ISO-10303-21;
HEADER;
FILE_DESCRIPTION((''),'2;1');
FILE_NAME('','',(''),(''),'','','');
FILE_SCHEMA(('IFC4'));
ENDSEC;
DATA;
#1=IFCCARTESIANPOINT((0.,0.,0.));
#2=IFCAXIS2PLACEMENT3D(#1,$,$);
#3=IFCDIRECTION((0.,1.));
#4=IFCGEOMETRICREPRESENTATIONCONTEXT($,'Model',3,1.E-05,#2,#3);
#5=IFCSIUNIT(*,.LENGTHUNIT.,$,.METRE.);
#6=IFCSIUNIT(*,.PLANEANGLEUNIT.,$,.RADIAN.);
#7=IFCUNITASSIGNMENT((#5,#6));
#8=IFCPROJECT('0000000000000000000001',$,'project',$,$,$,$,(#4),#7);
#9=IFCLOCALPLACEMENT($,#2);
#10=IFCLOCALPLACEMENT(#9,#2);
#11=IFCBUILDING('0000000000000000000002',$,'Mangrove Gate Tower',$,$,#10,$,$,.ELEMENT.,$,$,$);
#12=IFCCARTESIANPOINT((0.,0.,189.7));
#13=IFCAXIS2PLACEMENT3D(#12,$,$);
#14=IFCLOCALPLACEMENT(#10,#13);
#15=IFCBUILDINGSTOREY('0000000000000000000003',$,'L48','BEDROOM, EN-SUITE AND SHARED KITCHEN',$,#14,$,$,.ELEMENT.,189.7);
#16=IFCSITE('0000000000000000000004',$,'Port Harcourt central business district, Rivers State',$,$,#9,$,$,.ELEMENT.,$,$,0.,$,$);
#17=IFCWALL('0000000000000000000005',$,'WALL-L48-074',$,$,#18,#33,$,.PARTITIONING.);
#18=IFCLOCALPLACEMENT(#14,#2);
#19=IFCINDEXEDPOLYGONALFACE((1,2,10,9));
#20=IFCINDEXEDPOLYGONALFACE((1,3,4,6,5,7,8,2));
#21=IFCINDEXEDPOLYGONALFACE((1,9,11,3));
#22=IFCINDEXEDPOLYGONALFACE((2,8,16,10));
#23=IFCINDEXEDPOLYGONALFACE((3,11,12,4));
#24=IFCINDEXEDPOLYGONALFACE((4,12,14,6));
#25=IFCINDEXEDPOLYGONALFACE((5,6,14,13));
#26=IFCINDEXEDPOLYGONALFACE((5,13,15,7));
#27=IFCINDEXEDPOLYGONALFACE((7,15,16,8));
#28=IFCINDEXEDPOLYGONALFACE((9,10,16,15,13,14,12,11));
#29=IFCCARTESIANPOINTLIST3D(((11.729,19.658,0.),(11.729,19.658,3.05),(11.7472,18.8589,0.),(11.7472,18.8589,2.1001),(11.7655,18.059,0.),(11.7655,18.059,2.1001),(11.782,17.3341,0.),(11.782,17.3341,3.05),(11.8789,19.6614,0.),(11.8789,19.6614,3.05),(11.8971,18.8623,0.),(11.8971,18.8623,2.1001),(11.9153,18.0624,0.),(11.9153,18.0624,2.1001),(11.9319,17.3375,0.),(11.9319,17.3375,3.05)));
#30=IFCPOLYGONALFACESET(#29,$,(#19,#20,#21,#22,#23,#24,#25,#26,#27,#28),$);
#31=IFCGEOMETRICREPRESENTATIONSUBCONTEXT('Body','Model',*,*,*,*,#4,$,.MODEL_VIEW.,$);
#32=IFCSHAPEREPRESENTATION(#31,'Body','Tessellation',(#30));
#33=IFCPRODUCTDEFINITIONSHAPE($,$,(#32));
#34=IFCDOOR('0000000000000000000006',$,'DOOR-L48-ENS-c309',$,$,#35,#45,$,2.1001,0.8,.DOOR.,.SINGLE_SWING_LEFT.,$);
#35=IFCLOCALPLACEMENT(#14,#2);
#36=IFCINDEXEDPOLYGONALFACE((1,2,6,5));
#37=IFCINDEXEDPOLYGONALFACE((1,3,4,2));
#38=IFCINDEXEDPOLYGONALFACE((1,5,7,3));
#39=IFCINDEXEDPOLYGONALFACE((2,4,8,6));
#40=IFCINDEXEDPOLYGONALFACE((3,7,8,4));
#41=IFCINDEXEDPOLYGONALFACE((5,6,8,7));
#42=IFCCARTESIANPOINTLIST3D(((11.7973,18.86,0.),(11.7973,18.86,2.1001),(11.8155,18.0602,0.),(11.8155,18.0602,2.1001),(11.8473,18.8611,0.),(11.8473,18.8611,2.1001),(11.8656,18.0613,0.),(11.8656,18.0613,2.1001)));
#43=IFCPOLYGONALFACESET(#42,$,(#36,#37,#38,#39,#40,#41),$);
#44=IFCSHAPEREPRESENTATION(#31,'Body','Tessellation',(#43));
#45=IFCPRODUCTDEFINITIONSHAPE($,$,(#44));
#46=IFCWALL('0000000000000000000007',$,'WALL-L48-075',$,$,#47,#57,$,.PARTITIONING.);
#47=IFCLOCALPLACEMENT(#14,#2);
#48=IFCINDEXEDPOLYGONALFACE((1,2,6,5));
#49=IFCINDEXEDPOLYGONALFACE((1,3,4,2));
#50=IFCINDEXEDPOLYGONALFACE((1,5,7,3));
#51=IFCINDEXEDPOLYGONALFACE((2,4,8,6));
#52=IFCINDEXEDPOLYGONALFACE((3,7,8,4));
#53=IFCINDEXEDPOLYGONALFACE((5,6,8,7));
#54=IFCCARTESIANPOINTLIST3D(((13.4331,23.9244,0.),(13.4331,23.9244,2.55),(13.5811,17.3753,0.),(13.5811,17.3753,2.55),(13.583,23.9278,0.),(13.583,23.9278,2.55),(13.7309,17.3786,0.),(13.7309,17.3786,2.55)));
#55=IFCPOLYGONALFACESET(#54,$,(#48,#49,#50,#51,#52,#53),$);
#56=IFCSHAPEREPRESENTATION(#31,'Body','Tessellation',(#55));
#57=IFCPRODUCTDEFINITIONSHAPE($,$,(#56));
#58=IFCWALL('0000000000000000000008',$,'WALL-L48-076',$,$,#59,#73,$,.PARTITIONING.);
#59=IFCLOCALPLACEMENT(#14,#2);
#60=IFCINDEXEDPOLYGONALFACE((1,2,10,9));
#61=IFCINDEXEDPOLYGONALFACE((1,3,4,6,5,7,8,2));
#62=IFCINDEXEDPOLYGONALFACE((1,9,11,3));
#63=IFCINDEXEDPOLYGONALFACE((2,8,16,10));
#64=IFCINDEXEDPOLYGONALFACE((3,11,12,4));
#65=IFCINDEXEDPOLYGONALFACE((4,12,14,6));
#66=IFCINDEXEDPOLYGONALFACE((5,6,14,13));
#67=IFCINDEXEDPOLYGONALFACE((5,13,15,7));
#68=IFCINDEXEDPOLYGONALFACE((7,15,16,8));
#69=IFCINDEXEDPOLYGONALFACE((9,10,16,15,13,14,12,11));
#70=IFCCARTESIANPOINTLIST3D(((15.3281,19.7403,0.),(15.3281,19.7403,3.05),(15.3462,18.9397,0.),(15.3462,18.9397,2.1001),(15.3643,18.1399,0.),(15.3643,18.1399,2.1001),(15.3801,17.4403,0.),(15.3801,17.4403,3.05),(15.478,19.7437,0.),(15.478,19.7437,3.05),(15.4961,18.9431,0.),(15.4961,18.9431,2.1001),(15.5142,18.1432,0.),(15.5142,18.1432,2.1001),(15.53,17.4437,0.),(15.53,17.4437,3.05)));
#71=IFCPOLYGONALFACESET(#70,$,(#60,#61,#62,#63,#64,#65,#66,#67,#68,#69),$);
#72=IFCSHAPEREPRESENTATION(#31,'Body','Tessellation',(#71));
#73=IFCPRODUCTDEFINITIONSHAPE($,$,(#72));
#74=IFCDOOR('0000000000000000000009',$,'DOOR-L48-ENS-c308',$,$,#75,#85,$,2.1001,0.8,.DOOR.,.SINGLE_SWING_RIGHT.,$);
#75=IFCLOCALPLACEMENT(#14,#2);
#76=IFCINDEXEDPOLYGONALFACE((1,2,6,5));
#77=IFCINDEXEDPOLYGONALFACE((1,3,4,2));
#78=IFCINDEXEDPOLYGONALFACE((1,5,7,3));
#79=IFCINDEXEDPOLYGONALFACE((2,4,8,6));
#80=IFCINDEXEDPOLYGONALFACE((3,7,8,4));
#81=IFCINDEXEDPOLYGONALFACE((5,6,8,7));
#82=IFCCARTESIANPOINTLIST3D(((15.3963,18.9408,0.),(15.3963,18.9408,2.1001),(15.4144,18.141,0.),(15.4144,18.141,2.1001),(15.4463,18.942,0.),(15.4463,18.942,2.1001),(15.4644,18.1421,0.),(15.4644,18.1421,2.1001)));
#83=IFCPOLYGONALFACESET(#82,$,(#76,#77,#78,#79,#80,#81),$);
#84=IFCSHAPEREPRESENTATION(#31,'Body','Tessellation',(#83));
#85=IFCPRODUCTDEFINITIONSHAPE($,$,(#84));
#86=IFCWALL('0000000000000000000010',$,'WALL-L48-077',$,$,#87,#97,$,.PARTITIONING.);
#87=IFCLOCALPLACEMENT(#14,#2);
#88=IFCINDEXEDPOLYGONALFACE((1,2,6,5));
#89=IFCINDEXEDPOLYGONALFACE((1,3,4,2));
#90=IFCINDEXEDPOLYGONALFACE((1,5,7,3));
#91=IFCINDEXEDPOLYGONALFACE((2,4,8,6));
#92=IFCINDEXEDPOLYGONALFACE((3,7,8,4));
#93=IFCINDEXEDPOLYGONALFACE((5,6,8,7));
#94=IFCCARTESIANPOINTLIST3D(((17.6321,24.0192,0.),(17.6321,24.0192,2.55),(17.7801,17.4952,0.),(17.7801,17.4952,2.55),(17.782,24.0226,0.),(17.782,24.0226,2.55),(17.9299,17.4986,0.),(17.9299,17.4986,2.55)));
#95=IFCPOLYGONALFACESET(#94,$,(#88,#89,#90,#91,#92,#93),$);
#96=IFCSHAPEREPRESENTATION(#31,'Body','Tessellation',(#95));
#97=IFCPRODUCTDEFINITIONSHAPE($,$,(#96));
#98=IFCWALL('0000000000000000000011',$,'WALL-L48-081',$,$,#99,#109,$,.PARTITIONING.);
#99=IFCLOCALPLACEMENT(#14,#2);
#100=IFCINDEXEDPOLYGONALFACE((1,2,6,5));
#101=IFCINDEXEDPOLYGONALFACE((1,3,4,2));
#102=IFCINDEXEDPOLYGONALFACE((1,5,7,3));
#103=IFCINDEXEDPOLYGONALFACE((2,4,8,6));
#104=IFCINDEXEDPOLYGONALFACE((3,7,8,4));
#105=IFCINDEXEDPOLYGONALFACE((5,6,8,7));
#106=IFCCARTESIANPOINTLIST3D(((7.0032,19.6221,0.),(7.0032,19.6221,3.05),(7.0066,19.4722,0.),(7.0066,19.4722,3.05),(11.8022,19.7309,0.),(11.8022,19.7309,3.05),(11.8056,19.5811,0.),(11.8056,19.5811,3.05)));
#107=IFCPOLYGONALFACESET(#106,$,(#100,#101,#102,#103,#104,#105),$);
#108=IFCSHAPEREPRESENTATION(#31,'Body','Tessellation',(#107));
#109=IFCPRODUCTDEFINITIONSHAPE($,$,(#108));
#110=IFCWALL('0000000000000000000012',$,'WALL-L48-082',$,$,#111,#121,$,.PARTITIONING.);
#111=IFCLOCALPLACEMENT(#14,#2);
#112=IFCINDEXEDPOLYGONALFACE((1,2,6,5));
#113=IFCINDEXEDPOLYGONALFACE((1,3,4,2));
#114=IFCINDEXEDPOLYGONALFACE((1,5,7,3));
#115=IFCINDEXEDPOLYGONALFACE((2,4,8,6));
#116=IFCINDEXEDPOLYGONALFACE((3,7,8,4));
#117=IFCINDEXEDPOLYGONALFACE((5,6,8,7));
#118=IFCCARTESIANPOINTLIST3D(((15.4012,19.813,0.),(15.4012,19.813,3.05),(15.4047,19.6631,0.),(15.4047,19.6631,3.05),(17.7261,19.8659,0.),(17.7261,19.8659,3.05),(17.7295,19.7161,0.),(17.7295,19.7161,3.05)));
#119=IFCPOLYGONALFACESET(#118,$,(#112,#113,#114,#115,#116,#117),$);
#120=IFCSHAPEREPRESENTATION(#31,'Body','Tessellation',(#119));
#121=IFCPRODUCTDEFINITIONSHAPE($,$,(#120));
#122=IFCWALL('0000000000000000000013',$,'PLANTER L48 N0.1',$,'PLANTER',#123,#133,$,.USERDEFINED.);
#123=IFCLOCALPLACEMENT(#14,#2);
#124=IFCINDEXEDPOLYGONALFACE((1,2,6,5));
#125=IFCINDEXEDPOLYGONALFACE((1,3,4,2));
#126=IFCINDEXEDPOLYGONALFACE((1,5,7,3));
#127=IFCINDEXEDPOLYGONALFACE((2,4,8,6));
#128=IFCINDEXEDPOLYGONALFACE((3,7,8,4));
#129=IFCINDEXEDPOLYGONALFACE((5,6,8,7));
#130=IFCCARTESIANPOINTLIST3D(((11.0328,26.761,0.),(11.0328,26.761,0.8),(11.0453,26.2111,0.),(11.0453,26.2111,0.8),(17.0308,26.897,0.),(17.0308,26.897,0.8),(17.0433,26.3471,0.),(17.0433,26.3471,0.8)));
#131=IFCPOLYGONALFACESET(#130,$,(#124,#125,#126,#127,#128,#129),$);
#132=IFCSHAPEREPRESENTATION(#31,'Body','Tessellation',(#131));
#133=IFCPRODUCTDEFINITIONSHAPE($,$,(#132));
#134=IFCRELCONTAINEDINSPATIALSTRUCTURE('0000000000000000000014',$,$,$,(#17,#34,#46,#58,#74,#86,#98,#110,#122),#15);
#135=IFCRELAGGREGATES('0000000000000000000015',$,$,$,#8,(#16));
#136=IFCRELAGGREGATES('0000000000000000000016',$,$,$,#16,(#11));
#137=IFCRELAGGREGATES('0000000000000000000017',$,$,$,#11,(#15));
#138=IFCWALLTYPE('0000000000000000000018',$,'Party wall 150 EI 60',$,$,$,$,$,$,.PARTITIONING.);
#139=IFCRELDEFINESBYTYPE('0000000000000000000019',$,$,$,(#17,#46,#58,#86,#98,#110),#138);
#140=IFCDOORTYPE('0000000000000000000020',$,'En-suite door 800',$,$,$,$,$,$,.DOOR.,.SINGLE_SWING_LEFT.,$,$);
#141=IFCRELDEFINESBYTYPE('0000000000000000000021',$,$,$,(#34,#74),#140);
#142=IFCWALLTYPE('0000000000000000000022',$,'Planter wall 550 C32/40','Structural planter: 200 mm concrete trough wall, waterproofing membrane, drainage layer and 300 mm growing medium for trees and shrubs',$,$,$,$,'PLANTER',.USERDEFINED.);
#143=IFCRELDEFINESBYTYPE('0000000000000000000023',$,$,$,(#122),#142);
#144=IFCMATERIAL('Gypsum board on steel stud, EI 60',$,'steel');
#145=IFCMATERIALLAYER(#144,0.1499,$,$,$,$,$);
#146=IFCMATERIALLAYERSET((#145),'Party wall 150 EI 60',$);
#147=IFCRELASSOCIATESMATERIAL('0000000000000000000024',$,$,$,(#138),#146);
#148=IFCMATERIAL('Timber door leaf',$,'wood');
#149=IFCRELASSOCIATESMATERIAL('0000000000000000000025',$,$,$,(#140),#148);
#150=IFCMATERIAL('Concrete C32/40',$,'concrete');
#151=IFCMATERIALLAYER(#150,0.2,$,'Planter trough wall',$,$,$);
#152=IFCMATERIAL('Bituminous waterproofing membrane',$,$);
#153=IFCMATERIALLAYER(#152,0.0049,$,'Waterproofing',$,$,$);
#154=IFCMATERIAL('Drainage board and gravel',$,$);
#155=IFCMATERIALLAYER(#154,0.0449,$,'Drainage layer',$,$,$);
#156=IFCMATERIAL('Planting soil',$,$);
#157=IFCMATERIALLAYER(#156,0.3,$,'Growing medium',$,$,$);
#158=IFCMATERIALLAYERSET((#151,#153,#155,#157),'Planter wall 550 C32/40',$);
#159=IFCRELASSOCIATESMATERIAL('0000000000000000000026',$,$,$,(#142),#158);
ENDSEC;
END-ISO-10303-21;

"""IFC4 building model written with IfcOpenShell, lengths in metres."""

from ifc_helpers import new_model, si_unit, direction, frame, frame_2d, origin, place, context, subcontext, project, spatial, rectangle, extrude, material, layer, layer_set, type_object, element, fill, save


model = new_model("IFC4")

# Units and contexts
model_context = context("Model", 3, precision=1e-05, world=origin(), true_north=direction((0.0, 1.0)))
body_context = subcontext(model_context, "Body", "Model", "MODEL_VIEW")
ifc_project = project(units=[si_unit("LENGTHUNIT", "METRE"), si_unit("PLANEANGLEUNIT", "RADIAN")], contexts=[model_context])

# Site, building, storey
site_placement = place(None, origin())
site = spatial("IfcSite", under=ifc_project, at=site_placement, Name="Port Harcourt central business district, Rivers State", CompositionType="ELEMENT", RefElevation=0.0)
building_placement = place(site_placement, origin())
building = spatial("IfcBuilding", under=site, at=building_placement, Name="Mangrove Gate Tower", CompositionType="ELEMENT")
storey_placement = place(building_placement, frame((0.0, 0.0, 189.7)))
storey = spatial("IfcBuildingStorey", under=building, at=storey_placement, Name="L48", Description="BEDROOM, EN-SUITE AND SHARED KITCHEN", CompositionType="ELEMENT", Elevation=189.7)

# Shared definitions
ifc_material_1 = material(Name="Gypsum board on steel stud, EI 60", Category="steel")
ifc_layer_1 = layer(ifc_material_1, 0.1499)
ifc_layer_set_1 = layer_set([ifc_layer_1], Name="Party wall 150 EI 60")
wall_type_1 = type_object("IfcWallType", Name="Party wall 150 EI 60", PredefinedType="PARTITIONING", material=ifc_layer_set_1)
ifc_material_2 = material(Name="Timber door leaf", Category="wood")
door_type_1 = type_object("IfcDoorType", Name="En-suite door 800", OperationType="SINGLE_SWING_LEFT", PredefinedType="DOOR", material=ifc_material_2)

# Wall, opening, door
wall_1_placement = place(storey_placement, frame((11.8569, 17.3359, 0.0), z_axis=(0.0, 0.0, 1.0), x_axis=(-0.022791, 0.99974, 0.0)))
wall_1 = element("IfcWall", 1, at=wall_1_placement, inside=storey, type_object=wall_type_1, Name="WALL-L48-074", PredefinedType="PARTITIONING", context=body_context, shape_type="SweptSolid", body=[
    extrude(rectangle(XDim=2.3245, YDim=0.1499, at=frame_2d((1.1621, 0.0))), origin(), (0.0, 0.0, 1.0), 3.05),
])
opening_1_placement = place(wall_1_placement, frame((0.7251, 0.0, 0.0)))
opening_1 = element("IfcOpeningElement", 2, at=opening_1_placement, cuts=wall_1, PredefinedType="OPENING", context=body_context, shape_type="SweptSolid", body=[
    extrude(rectangle(XDim=0.8, YDim=2.1001, at=frame_2d((0.3999, 1.05))), frame((0.0, 0.085, 0.0), z_axis=(0.0, -1.0, 0.0), x_axis=(1.0, 0.0, 0.0)), (0.0, 0.0, 1.0), 0.1699),
])
door_1_placement = place(opening_1_placement, origin())
door_1 = element("IfcDoor", 3, at=door_1_placement, inside=storey, type_object=door_type_1, Name="DOOR-L48-ENS-c309", OperationType="SINGLE_SWING_LEFT", OverallHeight=2.1001, OverallWidth=0.8, PredefinedType="DOOR", context=body_context, shape_type="SweptSolid", body=[
    extrude(rectangle(XDim=0.8, YDim=2.1001, at=frame_2d((0.3999, 1.05))), frame((0.0, 0.0249, 0.0), z_axis=(0.0, -1.0, 0.0), x_axis=(1.0, 0.0, 0.0)), (0.0, 0.0, 1.0), 0.05),
])
fill(opening_1, door_1)

# Wall
wall_2_placement = place(storey_placement, frame((13.656, 17.377, 0.0), z_axis=(0.0, 0.0, 1.0), x_axis=(-0.022585, 0.999745, 0.0)))
element("IfcWall", 4, at=wall_2_placement, inside=storey, type_object=wall_type_1, Name="WALL-L48-075", PredefinedType="PARTITIONING", context=body_context, shape_type="SweptSolid", body=[
    extrude(rectangle(XDim=6.5508, YDim=0.1499, at=frame_2d((3.2754, 0.0))), origin(), (0.0, 0.0, 1.0), 2.55),
])

# Wall, opening, door
wall_3_placement = place(storey_placement, frame((15.4551, 17.4419, 0.0), z_axis=(0.0, 0.0, 1.0), x_axis=(-0.022603, 0.999745, 0.0)))
wall_3 = element("IfcWall", 5, at=wall_3_placement, inside=storey, type_object=wall_type_1, Name="WALL-L48-076", PredefinedType="PARTITIONING", context=body_context, shape_type="SweptSolid", body=[
    extrude(rectangle(XDim=2.3005, YDim=0.1499, at=frame_2d((1.1504, 0.0))), origin(), (0.0, 0.0, 1.0), 3.05),
])
opening_2_placement = place(wall_3_placement, frame((0.7, 0.0, 0.0)))
opening_2 = element("IfcOpeningElement", 6, at=opening_2_placement, cuts=wall_3, PredefinedType="OPENING", context=body_context, shape_type="SweptSolid", body=[
    extrude(rectangle(XDim=0.8, YDim=2.1001, at=frame_2d((0.3999, 1.05))), frame((0.0, 0.085, 0.0), z_axis=(0.0, -1.0, 0.0), x_axis=(1.0, 0.0, 0.0)), (0.0, 0.0, 1.0), 0.1699),
])
door_2_placement = place(opening_2_placement, origin())
door_2 = element("IfcDoor", 7, at=door_2_placement, inside=storey, type_object=door_type_1, Name="DOOR-L48-ENS-c308", OperationType="SINGLE_SWING_RIGHT", OverallHeight=2.1001, OverallWidth=0.8, PredefinedType="DOOR", context=body_context, shape_type="SweptSolid", body=[
    extrude(rectangle(XDim=0.8, YDim=2.1001, at=frame_2d((0.3999, 1.05))), frame((0.0, 0.0249, 0.0), z_axis=(0.0, -1.0, 0.0), x_axis=(1.0, 0.0, 0.0)), (0.0, 0.0, 1.0), 0.05),
])
fill(opening_2, door_2)

# Walls
wall_4_placement = place(storey_placement, frame((17.855, 17.4971, 0.0), z_axis=(0.0, 0.0, 1.0), x_axis=(-0.022672, 0.999743, 0.0)))
element("IfcWall", 8, at=wall_4_placement, inside=storey, type_object=wall_type_1, Name="WALL-L48-077", PredefinedType="PARTITIONING", context=body_context, shape_type="SweptSolid", body=[
    extrude(rectangle(XDim=6.5256, YDim=0.1499, at=frame_2d((3.2627, 0.0))), origin(), (0.0, 0.0, 1.0), 2.55),
])
wall_5_placement = place(storey_placement, frame((7.0049, 19.5471, 0.0), z_axis=(0.0, 0.0, 1.0), x_axis=(0.999743, 0.022683, 0.0)))
element("IfcWall", 9, at=wall_5_placement, inside=storey, type_object=wall_type_1, Name="WALL-L48-081", PredefinedType="PARTITIONING", context=body_context, shape_type="SweptSolid", body=[
    extrude(rectangle(XDim=4.8003, YDim=0.1499, at=frame_2d((2.4001, 0.0))), origin(), (0.0, 0.0, 1.0), 3.05),
])
wall_6_placement = place(storey_placement, frame((15.4031, 19.738, 0.0), z_axis=(0.0, 0.0, 1.0), x_axis=(0.99974, 0.022781, 0.0)))
element("IfcWall", 10, at=wall_6_placement, inside=storey, type_object=wall_type_1, Name="WALL-L48-082", PredefinedType="PARTITIONING", context=body_context, shape_type="SweptSolid", body=[
    extrude(rectangle(XDim=2.3254, YDim=0.1499, at=frame_2d((1.1626, 0.0))), origin(), (0.0, 0.0, 1.0), 3.05),
])
ifc_material_3 = material(Name="Concrete C32/40", Category="concrete")
ifc_layer_2 = layer(ifc_material_3, 0.2, Name="Planter trough wall")
ifc_material_4 = material(Name="Bituminous waterproofing membrane")
ifc_layer_3 = layer(ifc_material_4, 0.0049, Name="Waterproofing")
ifc_material_5 = material(Name="Drainage board and gravel")
ifc_layer_4 = layer(ifc_material_5, 0.0449, Name="Drainage layer")
ifc_material_6 = material(Name="Planting soil")
ifc_layer_5 = layer(ifc_material_6, 0.3, Name="Growing medium")
ifc_layer_set_2 = layer_set([ifc_layer_2, ifc_layer_3, ifc_layer_4, ifc_layer_5], Name="Planter wall 550 C32/40")
wall_type_2 = type_object("IfcWallType", Name="Planter wall 550 C32/40", Description="Structural planter: 200 mm concrete trough wall, waterproofing membrane, drainage layer and 300 mm growing medium for trees and shrubs", ElementType="PLANTER", PredefinedType="USERDEFINED", material=ifc_layer_set_2)
wall_7_placement = place(storey_placement, frame((11.0391, 26.4861, 0.0), z_axis=(0.0, 0.0, 1.0), x_axis=(0.999743, 0.022666, 0.0)))
element("IfcWall", 11, at=wall_7_placement, inside=storey, type_object=wall_type_2, Name="PLANTER L48 N0.1", ObjectType="PLANTER", PredefinedType="USERDEFINED", context=body_context, shape_type="SweptSolid", body=[
    extrude(rectangle(XDim=5.9995, YDim=0.55, at=frame_2d((2.9998, 0.0))), origin(), (0.0, 0.0, 1.0), 0.8),
])

save(model, "model.ifc")
